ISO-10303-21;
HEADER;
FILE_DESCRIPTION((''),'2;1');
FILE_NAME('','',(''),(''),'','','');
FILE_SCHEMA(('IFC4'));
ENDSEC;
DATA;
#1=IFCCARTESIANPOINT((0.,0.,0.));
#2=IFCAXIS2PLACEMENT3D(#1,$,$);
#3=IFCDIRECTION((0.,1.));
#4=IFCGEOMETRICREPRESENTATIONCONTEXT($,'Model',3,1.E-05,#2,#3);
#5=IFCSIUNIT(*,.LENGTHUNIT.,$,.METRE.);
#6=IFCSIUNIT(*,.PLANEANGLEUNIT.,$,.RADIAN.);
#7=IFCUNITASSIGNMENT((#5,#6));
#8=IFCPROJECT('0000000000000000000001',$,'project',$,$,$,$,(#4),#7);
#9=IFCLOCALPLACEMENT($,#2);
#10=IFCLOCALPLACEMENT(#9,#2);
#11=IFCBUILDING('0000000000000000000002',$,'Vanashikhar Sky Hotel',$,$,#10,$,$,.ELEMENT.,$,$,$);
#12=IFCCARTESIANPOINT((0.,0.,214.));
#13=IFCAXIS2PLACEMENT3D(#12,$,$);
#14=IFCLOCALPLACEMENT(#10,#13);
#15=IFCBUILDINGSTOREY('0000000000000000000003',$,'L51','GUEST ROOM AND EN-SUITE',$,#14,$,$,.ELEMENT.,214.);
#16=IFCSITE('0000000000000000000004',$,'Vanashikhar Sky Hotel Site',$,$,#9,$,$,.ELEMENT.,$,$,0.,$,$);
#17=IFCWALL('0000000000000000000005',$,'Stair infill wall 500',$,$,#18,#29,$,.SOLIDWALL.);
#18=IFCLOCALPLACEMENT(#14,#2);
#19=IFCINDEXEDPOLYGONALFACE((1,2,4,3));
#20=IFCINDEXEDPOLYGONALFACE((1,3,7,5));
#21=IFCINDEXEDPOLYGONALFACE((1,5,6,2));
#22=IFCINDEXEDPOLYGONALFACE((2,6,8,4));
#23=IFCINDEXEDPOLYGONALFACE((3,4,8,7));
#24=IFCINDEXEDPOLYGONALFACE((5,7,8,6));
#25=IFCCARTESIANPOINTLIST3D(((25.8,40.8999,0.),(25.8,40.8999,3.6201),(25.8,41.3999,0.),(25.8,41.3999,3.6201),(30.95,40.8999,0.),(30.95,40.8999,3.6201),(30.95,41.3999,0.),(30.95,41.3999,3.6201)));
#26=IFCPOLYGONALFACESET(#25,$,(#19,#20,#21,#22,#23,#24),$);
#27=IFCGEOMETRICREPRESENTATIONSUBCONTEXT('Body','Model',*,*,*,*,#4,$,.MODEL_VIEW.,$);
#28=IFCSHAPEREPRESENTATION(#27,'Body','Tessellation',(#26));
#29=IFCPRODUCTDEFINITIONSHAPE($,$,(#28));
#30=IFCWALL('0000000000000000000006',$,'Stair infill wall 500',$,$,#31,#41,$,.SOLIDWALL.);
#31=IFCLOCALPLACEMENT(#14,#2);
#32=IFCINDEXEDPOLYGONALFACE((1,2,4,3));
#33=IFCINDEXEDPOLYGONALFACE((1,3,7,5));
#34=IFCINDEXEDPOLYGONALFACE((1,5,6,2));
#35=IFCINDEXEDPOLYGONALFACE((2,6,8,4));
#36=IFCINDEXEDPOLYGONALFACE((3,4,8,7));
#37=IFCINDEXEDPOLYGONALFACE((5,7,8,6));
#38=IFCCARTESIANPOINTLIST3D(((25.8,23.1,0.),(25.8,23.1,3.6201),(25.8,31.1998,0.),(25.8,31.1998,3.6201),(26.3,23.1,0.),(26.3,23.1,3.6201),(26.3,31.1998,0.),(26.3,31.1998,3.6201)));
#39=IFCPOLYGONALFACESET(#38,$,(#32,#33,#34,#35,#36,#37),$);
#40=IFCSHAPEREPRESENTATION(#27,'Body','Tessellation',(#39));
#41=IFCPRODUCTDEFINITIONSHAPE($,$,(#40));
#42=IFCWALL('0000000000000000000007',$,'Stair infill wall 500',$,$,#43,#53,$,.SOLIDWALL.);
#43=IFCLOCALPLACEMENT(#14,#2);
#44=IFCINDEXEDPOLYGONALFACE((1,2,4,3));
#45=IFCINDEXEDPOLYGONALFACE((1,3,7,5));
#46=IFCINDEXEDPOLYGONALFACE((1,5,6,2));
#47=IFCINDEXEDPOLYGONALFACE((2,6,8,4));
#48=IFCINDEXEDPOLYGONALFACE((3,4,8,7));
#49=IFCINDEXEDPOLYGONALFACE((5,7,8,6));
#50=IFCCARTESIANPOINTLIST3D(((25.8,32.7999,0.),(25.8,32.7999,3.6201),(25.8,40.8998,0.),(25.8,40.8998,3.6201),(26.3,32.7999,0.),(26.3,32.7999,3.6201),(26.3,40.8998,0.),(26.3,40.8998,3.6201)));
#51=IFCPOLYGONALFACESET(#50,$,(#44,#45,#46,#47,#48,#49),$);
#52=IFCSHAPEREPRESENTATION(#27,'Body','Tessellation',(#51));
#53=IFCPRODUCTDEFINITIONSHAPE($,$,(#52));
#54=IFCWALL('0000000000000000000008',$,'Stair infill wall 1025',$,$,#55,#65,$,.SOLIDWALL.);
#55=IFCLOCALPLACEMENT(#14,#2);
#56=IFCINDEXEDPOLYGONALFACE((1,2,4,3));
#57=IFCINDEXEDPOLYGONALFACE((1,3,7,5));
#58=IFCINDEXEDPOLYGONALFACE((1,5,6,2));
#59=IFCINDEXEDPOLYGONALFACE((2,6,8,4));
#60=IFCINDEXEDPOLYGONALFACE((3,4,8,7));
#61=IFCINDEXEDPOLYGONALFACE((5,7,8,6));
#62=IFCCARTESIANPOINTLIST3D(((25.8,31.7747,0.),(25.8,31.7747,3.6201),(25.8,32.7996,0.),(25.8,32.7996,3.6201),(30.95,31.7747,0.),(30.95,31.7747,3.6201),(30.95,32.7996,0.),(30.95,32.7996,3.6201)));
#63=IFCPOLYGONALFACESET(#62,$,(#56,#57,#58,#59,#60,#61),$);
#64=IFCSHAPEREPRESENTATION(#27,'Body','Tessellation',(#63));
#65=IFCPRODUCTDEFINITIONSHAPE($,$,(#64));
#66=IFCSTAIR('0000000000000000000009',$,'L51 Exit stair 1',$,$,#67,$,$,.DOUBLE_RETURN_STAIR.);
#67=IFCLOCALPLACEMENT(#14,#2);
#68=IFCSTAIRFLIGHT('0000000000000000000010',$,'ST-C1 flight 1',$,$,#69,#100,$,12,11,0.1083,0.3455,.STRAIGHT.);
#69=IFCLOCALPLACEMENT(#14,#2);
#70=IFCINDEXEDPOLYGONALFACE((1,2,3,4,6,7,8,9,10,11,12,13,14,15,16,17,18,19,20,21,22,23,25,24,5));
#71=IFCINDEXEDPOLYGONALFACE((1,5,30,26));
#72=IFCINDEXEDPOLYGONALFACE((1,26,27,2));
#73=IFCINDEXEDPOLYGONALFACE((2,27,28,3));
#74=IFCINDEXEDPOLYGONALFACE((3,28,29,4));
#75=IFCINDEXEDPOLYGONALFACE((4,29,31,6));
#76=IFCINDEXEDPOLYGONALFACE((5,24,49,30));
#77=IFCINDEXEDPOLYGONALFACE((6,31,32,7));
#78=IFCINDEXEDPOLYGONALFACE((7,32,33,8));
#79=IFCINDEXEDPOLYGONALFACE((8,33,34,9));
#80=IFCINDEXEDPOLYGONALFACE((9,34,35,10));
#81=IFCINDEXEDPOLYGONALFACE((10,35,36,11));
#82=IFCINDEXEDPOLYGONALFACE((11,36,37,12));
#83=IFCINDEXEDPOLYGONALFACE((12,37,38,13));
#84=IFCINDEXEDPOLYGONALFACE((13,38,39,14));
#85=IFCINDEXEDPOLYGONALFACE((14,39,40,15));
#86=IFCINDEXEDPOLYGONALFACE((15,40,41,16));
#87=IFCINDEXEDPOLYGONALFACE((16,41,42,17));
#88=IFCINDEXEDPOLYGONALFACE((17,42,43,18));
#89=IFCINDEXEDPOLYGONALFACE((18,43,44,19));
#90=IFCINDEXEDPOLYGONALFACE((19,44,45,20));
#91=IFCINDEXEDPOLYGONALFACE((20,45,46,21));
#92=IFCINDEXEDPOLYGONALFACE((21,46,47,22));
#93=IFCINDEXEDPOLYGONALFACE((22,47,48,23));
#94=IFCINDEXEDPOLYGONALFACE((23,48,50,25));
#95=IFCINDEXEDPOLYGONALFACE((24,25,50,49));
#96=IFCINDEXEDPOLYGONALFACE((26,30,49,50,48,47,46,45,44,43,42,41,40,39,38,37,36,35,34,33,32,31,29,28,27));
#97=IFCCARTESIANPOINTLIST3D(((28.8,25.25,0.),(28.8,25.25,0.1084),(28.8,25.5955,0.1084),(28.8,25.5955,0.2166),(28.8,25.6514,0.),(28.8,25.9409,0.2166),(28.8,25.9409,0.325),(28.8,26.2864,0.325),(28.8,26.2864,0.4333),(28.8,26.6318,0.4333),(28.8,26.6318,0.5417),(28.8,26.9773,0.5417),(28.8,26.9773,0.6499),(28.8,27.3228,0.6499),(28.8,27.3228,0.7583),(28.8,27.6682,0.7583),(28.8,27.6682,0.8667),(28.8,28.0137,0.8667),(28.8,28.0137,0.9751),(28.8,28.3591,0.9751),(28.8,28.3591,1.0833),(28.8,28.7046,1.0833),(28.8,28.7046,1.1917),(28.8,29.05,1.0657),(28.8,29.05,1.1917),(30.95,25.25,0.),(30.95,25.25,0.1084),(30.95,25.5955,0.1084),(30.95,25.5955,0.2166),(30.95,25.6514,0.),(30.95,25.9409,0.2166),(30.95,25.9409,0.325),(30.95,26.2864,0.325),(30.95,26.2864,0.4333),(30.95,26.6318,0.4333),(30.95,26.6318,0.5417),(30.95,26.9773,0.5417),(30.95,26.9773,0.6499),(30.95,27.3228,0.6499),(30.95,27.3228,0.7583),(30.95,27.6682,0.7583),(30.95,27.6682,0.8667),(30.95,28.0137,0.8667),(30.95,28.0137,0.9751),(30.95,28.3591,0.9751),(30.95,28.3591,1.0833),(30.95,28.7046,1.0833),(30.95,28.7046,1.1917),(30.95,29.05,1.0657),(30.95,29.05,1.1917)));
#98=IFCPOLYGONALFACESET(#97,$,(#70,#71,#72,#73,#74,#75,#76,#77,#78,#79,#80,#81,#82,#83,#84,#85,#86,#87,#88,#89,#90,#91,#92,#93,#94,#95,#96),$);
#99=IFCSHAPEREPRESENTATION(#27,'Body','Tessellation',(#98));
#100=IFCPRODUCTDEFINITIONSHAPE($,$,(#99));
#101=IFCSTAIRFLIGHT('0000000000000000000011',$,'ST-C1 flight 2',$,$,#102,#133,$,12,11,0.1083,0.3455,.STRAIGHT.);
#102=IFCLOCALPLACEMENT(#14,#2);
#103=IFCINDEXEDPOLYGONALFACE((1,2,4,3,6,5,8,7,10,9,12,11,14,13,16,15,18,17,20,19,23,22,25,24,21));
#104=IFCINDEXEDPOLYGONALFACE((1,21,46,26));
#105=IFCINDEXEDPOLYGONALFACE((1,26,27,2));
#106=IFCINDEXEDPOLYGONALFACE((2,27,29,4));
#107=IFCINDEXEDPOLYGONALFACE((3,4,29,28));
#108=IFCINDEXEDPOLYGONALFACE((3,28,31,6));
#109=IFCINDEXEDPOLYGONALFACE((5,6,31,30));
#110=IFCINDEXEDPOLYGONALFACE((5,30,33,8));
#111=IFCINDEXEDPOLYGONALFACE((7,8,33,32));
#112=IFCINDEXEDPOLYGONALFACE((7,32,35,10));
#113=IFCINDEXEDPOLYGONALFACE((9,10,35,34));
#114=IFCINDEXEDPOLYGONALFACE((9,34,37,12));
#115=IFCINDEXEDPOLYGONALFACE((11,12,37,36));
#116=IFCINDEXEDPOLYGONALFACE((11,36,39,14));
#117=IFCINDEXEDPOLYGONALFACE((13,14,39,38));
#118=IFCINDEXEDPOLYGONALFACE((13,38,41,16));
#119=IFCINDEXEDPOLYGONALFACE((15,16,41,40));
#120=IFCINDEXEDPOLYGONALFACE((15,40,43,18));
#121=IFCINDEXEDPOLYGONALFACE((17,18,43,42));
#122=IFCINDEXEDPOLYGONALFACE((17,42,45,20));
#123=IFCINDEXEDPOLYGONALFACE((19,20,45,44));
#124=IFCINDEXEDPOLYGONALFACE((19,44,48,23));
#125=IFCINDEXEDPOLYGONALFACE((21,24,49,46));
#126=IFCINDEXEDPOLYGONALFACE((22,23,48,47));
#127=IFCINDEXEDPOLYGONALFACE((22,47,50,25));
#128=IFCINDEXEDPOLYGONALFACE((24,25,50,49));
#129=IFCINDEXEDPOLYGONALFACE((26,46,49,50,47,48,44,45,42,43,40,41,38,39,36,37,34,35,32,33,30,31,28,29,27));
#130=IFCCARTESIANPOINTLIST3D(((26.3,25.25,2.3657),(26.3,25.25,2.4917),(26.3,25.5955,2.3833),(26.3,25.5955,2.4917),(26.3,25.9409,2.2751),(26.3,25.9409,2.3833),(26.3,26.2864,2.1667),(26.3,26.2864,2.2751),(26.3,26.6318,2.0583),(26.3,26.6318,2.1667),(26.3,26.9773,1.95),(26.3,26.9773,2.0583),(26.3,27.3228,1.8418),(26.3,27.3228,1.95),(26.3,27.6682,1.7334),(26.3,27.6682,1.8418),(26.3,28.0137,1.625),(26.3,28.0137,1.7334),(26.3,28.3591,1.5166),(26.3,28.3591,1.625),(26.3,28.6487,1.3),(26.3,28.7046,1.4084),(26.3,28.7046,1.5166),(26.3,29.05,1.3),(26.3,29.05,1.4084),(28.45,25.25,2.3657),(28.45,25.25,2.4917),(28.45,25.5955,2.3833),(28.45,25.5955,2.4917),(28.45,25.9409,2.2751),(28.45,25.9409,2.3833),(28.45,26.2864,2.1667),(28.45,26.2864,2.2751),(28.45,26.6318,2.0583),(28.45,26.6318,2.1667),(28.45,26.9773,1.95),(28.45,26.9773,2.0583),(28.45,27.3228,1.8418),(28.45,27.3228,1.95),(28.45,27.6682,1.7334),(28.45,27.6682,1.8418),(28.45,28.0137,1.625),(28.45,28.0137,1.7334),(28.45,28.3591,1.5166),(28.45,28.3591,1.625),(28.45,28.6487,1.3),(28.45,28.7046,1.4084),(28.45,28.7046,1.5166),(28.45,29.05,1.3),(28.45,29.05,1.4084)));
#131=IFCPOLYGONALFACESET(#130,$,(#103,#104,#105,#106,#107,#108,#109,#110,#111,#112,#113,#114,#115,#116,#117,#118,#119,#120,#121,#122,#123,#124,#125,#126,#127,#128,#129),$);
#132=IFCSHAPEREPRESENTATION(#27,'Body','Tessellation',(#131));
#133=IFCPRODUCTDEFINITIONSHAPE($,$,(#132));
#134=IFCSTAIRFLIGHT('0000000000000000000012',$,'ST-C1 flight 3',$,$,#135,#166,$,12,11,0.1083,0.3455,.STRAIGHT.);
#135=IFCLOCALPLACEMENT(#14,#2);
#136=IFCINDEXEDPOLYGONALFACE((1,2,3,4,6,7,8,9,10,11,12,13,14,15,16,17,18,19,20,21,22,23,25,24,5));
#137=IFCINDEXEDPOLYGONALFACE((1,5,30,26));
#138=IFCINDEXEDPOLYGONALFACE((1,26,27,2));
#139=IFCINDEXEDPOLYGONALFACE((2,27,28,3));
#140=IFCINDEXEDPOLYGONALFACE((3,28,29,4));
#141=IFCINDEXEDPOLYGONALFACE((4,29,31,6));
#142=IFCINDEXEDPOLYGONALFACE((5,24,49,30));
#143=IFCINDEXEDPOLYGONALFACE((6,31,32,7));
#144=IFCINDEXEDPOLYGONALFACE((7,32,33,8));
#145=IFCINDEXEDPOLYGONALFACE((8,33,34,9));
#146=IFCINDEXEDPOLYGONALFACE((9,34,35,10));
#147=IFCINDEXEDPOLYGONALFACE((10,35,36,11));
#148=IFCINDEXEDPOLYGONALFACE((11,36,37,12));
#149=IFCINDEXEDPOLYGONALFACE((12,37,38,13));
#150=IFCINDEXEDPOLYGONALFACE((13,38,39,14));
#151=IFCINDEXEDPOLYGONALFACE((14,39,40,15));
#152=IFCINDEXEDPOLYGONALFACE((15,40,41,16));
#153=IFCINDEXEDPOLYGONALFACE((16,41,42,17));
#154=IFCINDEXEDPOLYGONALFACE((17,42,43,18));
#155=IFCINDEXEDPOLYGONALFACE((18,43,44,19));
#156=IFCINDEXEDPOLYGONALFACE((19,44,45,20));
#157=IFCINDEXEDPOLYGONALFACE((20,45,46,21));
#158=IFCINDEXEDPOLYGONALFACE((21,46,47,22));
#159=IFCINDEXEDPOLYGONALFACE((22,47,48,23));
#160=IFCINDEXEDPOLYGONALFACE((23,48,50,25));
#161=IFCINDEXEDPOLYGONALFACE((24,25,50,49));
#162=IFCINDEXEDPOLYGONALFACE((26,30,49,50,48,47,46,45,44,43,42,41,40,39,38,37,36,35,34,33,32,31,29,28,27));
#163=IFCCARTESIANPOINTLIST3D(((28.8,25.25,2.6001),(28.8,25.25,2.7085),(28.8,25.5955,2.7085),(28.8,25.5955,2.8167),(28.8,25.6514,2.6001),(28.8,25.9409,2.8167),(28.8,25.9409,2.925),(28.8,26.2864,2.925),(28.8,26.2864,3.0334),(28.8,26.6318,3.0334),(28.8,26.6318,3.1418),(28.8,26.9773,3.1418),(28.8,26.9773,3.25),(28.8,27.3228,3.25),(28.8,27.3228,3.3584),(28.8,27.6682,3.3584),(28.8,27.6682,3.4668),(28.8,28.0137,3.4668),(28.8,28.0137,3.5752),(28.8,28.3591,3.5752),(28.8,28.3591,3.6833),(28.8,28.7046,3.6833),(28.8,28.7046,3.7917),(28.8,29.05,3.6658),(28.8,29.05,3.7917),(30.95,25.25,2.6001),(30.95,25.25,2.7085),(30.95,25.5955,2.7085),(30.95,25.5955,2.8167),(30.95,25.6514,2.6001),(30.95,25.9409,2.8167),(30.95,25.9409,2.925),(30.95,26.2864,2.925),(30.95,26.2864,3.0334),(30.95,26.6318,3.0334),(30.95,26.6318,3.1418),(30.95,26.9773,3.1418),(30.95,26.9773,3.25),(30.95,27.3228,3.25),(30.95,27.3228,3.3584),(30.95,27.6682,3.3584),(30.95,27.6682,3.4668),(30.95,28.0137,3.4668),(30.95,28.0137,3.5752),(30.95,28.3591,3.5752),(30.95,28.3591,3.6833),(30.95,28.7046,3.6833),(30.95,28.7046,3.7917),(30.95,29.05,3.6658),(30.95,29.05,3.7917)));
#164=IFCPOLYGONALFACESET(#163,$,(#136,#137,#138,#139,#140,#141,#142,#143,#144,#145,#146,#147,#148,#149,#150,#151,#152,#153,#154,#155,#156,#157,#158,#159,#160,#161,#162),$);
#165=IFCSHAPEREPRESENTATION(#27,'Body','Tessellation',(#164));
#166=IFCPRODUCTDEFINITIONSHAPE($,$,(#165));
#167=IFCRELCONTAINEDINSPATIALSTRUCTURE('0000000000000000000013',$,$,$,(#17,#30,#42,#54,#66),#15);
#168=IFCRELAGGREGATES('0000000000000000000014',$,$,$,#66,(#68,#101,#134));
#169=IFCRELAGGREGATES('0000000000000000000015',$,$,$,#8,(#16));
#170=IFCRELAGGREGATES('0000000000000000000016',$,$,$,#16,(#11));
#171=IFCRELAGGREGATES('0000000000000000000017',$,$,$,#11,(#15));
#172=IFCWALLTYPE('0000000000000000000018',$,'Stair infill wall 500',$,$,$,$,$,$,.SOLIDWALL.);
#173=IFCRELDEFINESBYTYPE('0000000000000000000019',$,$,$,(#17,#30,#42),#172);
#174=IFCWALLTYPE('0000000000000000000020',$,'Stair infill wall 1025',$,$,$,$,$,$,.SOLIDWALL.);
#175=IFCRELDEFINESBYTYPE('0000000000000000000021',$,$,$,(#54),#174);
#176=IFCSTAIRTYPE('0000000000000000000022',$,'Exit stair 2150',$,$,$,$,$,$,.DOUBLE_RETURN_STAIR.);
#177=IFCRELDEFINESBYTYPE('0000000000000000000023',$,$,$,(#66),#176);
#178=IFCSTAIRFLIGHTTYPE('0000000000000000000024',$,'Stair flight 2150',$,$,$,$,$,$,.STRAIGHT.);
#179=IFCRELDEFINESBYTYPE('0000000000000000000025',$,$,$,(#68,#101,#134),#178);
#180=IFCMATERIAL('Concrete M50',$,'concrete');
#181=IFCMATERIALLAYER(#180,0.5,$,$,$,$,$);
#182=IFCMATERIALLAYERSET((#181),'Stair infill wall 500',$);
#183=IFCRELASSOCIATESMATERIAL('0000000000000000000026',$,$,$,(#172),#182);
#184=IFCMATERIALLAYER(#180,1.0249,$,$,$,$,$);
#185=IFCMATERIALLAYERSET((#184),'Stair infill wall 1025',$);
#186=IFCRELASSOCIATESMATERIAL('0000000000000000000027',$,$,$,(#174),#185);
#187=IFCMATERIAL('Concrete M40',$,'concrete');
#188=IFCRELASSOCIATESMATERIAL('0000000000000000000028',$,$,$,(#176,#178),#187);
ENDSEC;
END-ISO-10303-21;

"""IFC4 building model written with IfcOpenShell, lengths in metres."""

from ifc_helpers import new_model, si_unit, direction, frame, frame_2d, origin, place, context, subcontext, project, spatial, polyline, rectangle, outline, extrude, source, transform, mapped, material, layer, layer_set, type_object, element, aggregate, save


model = new_model("IFC4")

# Units and contexts
model_context = context("Model", 3, precision=1e-05, world=origin(), true_north=direction((0.0, 1.0)))
body_context = subcontext(model_context, "Body", "Model", "MODEL_VIEW")
ifc_project = project(units=[si_unit("LENGTHUNIT", "METRE"), si_unit("PLANEANGLEUNIT", "RADIAN")], contexts=[model_context])

# Site, building, storey
site_placement = place(None, origin())
site = spatial("IfcSite", under=ifc_project, at=site_placement, Name="Vanashikhar Sky Hotel Site", CompositionType="ELEMENT", RefElevation=0.0)
building_placement = place(site_placement, origin())
building = spatial("IfcBuilding", under=site, at=building_placement, Name="Vanashikhar Sky Hotel", CompositionType="ELEMENT")
storey_placement = place(building_placement, frame((0.0, 0.0, 214.0)))
storey = spatial("IfcBuildingStorey", under=building, at=storey_placement, Name="L51", Description="GUEST ROOM AND EN-SUITE", CompositionType="ELEMENT", Elevation=214.0)

# Walls
ifc_material_1 = material(Name="Concrete M50", Category="concrete")
ifc_layer_1 = layer(ifc_material_1, 0.5)
ifc_layer_set_1 = layer_set([ifc_layer_1], Name="Stair infill wall 500")
wall_type_1 = type_object("IfcWallType", Name="Stair infill wall 500", PredefinedType="SOLIDWALL", material=ifc_layer_set_1)
shared_shape_1 = source(origin(), body_context, "Body", "SweptSolid", [
    extrude(rectangle(XDim=5.1499, YDim=0.5, at=frame_2d((2.575, 0.0))), origin(), (0.0, 0.0, 1.0), 3.6201),
])
wall_1_placement = place(storey_placement, frame((25.8, 41.1499, 0.0), z_axis=(0.0, 0.0, 1.0), x_axis=(1.0, 0.0, 0.0)))
element("IfcWall", 1, at=wall_1_placement, inside=storey, type_object=wall_type_1, Name="Stair infill wall 500", PredefinedType="SOLIDWALL", context=body_context, shape_type="MappedRepresentation", body=[
    mapped(shared_shape_1, transform((0.0, 0.0, 0.0), scale=1.0)),
])
shared_shape_2 = source(origin(), body_context, "Body", "SweptSolid", [
    extrude(rectangle(XDim=8.0999, YDim=0.5, at=frame_2d((4.0498, 0.0))), origin(), (0.0, 0.0, 1.0), 3.6201),
])
for number, where, z_axis, x_axis, name in (
    (2, (26.05, 23.1001, 0.0), (0.0, 0.0, 1.0), (0.0, 1.0, 0.0), "Stair infill wall 500"),
    (3, (26.05, 32.8, 0.0), (0.0, 0.0, 1.0), (0.0, 1.0, 0.0), "Stair infill wall 500"),
):
    element("IfcWall", number, at=place(storey_placement, frame(where, z_axis=z_axis, x_axis=x_axis)), inside=storey, type_object=wall_type_1, Name=name, PredefinedType="SOLIDWALL", context=body_context, shape_type="MappedRepresentation", body=[
        mapped(shared_shape_2, transform((0.0, 0.0, 0.0), scale=1.0)),
    ])
ifc_layer_2 = layer(ifc_material_1, 1.0249)
ifc_layer_set_2 = layer_set([ifc_layer_2], Name="Stair infill wall 1025")
wall_type_2 = type_object("IfcWallType", Name="Stair infill wall 1025", PredefinedType="SOLIDWALL", material=ifc_layer_set_2)
shared_shape_3 = source(origin(), body_context, "Body", "SweptSolid", [
    extrude(rectangle(XDim=5.1499, YDim=1.0249, at=frame_2d((2.575, 0.0))), origin(), (0.0, 0.0, 1.0), 3.6201),
])
wall_2_placement = place(storey_placement, frame((25.8, 32.2871, 0.0), z_axis=(0.0, 0.0, 1.0), x_axis=(1.0, 0.0, 0.0)))
element("IfcWall", 4, at=wall_2_placement, inside=storey, type_object=wall_type_2, Name="Stair infill wall 1025", PredefinedType="SOLIDWALL", context=body_context, shape_type="MappedRepresentation", body=[
    mapped(shared_shape_3, transform((0.0, 0.0, 0.0), scale=1.0)),
])

# Stair, stair flights
ifc_material_2 = material(Name="Concrete M40", Category="concrete")
stair_type = type_object("IfcStairType", Name="Exit stair 2150", PredefinedType="DOUBLE_RETURN_STAIR", material=ifc_material_2)
stair_1_placement = place(storey_placement, origin())
stair_1 = element("IfcStair", 5, at=stair_1_placement, inside=storey, type_object=stair_type, Name="L51 Exit stair 1", PredefinedType="DOUBLE_RETURN_STAIR")
stair_flight_type = type_object("IfcStairFlightType", Name="Stair flight 2150", PredefinedType="STRAIGHT", material=ifc_material_2)
shared_shape_4 = source(origin(), body_context, "Body", "SweptSolid", [
    extrude(outline(polyline([(0.0, 0.0), (0.0, 0.1084), (0.3455, 0.1084), (0.3455, 0.2166), (0.6909, 0.2166), (0.6909, 0.325), (1.0364, 0.325), (1.0364, 0.4333), (1.3818, 0.4333), (1.3818, 0.5417), (1.7273, 0.5417), (1.7273, 0.6499), (2.0728, 0.6499), (2.0728, 0.7583), (2.4182, 0.7583), (2.4182, 0.8667), (2.7637, 0.8667), (2.7637, 0.9751), (3.1091, 0.9751), (3.1091, 1.0833), (3.4546, 1.0833), (3.4546, 1.1917), (3.8, 1.1917), (3.8, 1.3), (3.8, 1.0657), (0.4014, 0.0), (0.0, 0.0)])), frame((0.0, 1.075, 0.0), z_axis=(0.0, -1.0, 0.0), x_axis=(1.0, 0.0, 0.0)), (0.0, 0.0, 1.0), 2.1499),
])
stair_flight_1_placement = place(storey_placement, frame((29.875, 25.25, 0.0), z_axis=(0.0, 0.0, 1.0), x_axis=(0.0, 1.0, 0.0)))
stair_flight_1 = element("IfcStairFlight", 6, at=stair_flight_1_placement, type_object=stair_flight_type, Name="ST-C1 flight 1", NumberOfRisers=12, NumberOfTreads=11, PredefinedType="STRAIGHT", RiserHeight=0.1083, TreadLength=0.3455, context=body_context, shape_type="MappedRepresentation", body=[
    mapped(shared_shape_4, transform((0.0, 0.0, 0.0), scale=1.0)),
])
stair_flight_2_placement = place(storey_placement, frame((27.375, 29.05, 1.3), z_axis=(0.0, 0.0, 1.0), x_axis=(0.0, -1.0, 0.0)))
stair_flight_2 = element("IfcStairFlight", 7, at=stair_flight_2_placement, type_object=stair_flight_type, Name="ST-C1 flight 2", NumberOfRisers=12, NumberOfTreads=11, PredefinedType="STRAIGHT", RiserHeight=0.1083, TreadLength=0.3455, context=body_context, shape_type="MappedRepresentation", body=[
    mapped(shared_shape_4, transform((0.0, 0.0, 0.0), scale=1.0)),
])
stair_flight_3_placement = place(storey_placement, frame((29.875, 25.25, 2.6001), z_axis=(0.0, 0.0, 1.0), x_axis=(0.0, 1.0, 0.0)))
stair_flight_3 = element("IfcStairFlight", 8, at=stair_flight_3_placement, type_object=stair_flight_type, Name="ST-C1 flight 3", NumberOfRisers=12, NumberOfTreads=11, PredefinedType="STRAIGHT", RiserHeight=0.1083, TreadLength=0.3455, context=body_context, shape_type="MappedRepresentation", body=[
    mapped(shared_shape_4, transform((0.0, 0.0, 0.0), scale=1.0)),
])
aggregate(stair_1, [stair_flight_1, stair_flight_2, stair_flight_3])

save(model, "model.ifc")
